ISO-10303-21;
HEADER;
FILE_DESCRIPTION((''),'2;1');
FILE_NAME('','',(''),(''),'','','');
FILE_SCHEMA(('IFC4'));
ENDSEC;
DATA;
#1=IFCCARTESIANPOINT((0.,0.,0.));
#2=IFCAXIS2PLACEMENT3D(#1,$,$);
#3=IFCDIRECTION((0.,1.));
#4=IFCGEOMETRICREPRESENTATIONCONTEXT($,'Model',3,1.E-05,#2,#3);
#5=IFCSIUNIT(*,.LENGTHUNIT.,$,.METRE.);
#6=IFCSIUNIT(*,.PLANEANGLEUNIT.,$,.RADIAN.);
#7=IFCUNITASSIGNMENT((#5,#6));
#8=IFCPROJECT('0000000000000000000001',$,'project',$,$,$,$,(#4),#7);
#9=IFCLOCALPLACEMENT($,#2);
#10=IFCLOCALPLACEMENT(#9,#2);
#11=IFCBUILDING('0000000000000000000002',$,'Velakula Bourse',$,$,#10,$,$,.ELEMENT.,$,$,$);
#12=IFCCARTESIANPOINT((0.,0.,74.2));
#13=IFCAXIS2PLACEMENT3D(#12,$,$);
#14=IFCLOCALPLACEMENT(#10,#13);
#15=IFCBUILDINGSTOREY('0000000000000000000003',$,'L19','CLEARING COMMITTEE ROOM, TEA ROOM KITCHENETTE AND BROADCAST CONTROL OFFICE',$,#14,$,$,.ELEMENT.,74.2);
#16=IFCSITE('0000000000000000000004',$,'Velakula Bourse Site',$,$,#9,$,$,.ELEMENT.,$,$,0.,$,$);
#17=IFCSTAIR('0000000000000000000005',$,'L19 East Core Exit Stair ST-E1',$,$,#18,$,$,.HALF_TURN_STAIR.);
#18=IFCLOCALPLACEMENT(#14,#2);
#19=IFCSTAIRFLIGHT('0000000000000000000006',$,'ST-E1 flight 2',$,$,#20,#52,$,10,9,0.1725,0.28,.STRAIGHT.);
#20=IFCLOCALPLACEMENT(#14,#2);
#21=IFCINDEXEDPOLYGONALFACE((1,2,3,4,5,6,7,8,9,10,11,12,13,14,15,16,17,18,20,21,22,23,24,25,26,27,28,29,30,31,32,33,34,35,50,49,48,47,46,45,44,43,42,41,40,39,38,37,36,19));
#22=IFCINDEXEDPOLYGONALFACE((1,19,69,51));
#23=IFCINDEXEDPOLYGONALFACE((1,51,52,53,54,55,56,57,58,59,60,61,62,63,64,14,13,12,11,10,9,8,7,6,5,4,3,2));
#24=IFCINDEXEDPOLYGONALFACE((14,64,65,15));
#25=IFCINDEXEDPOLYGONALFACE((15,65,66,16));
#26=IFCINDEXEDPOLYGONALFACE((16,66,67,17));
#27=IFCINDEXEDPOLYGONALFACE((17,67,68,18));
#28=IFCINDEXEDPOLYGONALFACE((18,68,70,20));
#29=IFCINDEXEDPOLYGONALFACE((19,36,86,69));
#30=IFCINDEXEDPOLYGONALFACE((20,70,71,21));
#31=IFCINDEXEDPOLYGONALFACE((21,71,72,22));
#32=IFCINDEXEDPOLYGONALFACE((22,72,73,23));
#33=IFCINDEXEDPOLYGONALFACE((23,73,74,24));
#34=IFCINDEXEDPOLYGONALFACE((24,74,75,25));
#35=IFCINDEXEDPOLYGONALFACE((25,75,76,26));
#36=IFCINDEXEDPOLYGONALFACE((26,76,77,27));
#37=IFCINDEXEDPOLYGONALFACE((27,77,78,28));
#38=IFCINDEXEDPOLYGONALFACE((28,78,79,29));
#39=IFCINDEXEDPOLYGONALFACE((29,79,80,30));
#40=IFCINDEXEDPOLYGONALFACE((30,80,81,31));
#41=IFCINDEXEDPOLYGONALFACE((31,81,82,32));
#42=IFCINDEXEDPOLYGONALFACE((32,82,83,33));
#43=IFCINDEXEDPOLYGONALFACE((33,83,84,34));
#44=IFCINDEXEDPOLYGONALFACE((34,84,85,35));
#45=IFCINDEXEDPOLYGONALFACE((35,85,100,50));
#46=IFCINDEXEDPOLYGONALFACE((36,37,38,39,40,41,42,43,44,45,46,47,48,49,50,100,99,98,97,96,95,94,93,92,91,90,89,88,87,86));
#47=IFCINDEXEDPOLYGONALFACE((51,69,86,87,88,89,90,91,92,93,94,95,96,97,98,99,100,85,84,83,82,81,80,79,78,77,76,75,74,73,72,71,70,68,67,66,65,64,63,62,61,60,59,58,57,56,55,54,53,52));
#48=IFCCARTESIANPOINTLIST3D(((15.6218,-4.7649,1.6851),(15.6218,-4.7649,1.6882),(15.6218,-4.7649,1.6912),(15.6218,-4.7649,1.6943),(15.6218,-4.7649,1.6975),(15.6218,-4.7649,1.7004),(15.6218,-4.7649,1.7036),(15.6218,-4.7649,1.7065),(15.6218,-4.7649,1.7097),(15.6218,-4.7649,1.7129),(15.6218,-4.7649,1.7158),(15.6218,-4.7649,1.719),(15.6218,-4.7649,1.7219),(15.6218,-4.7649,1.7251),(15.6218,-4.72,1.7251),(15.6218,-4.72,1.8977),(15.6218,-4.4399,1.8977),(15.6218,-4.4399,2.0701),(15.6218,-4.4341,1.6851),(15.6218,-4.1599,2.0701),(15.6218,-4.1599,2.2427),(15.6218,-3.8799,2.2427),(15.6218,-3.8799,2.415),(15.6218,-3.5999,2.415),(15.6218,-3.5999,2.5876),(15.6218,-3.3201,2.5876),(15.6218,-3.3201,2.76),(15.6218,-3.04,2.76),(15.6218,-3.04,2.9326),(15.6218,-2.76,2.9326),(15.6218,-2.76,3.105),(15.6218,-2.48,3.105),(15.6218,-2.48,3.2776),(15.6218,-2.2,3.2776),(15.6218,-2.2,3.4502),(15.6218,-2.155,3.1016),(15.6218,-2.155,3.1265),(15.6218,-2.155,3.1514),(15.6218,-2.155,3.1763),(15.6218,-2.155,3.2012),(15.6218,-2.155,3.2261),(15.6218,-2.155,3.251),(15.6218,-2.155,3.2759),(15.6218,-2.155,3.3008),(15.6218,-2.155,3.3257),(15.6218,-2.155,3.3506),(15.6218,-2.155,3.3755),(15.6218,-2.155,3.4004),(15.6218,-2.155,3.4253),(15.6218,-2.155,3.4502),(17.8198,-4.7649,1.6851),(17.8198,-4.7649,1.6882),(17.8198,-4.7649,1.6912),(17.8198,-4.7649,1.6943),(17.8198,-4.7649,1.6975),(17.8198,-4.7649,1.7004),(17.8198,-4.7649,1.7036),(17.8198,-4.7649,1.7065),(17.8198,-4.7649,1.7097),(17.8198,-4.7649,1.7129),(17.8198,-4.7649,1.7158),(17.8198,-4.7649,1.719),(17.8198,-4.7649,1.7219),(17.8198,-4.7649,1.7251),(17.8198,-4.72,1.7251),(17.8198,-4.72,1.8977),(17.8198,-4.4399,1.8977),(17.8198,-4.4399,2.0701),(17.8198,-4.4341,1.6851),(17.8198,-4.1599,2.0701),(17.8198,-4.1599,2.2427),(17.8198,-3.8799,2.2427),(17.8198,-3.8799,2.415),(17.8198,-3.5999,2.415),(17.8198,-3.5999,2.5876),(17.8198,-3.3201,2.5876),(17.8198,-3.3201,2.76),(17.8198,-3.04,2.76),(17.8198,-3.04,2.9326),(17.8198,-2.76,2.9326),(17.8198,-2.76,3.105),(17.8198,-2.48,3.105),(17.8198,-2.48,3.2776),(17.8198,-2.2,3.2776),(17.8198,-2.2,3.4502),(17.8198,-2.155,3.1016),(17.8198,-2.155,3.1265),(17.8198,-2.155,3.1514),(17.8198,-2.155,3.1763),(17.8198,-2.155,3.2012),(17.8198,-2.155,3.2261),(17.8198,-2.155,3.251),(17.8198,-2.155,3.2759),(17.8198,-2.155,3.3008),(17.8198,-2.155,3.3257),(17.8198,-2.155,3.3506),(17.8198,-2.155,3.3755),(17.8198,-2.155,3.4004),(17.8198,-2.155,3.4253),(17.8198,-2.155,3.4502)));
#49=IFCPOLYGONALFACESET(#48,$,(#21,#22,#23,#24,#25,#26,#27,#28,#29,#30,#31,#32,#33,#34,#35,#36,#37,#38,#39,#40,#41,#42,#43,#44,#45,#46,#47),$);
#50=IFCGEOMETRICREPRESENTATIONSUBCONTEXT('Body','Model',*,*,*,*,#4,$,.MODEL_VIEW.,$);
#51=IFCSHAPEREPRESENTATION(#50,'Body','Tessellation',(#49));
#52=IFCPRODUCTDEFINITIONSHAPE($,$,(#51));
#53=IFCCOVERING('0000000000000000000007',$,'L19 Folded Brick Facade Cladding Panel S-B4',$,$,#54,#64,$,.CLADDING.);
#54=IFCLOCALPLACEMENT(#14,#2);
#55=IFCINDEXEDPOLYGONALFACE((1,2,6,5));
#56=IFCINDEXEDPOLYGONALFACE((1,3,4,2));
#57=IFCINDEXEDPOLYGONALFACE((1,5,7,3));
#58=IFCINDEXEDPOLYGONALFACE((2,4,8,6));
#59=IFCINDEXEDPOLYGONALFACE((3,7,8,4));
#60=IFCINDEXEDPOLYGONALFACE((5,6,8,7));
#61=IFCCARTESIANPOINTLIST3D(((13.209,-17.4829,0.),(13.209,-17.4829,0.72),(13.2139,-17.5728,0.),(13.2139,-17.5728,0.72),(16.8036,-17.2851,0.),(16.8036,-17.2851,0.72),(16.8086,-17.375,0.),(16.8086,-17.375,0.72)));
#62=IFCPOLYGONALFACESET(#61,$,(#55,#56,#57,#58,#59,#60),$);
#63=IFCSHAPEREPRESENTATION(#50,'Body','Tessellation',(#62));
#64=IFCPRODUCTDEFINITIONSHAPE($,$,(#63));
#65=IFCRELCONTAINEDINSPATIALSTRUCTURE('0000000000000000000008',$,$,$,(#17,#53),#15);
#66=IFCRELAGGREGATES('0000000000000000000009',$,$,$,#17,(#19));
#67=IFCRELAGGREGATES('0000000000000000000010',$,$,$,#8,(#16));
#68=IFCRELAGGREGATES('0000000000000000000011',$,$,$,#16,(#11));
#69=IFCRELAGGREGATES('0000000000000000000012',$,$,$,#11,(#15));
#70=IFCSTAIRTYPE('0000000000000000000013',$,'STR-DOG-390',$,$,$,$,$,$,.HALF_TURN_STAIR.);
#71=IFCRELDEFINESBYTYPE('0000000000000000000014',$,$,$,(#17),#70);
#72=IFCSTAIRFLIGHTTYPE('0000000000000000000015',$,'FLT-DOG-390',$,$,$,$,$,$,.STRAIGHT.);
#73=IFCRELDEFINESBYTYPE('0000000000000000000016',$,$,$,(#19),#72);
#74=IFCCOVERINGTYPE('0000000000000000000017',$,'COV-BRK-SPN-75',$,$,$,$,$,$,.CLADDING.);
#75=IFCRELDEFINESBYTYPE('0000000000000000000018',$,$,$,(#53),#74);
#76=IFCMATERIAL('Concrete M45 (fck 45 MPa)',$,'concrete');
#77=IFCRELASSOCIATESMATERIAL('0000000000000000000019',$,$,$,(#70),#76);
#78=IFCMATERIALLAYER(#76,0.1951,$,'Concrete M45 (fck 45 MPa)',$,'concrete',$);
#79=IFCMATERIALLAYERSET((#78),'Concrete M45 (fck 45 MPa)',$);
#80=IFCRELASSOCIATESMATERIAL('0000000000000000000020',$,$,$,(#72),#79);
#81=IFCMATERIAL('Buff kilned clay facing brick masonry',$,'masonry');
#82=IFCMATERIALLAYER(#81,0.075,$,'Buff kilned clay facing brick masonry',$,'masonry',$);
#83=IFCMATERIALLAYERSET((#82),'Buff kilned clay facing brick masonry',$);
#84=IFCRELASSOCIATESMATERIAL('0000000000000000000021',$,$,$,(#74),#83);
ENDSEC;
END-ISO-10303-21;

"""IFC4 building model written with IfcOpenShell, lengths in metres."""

from ifc_helpers import new_model, si_unit, direction, frame, origin, origin_2d, place, context, subcontext, project, spatial, polyline, rectangle, outline, extrude, material, layer, layer_set, type_object, element, aggregate, save


model = new_model("IFC4")

# Units and contexts
model_context = context("Model", 3, precision=1e-05, world=origin(), true_north=direction((0.0, 1.0)))
body_context = subcontext(model_context, "Body", "Model", "MODEL_VIEW")
ifc_project = project(units=[si_unit("LENGTHUNIT", "METRE"), si_unit("PLANEANGLEUNIT", "RADIAN")], contexts=[model_context])

# Site, building, storey
site_placement = place(None, origin())
site = spatial("IfcSite", under=ifc_project, at=site_placement, Name="Velakula Bourse Site", CompositionType="ELEMENT", RefElevation=0.0)
building_placement = place(site_placement, origin())
building = spatial("IfcBuilding", under=site, at=building_placement, Name="Velakula Bourse", CompositionType="ELEMENT")
storey_placement = place(building_placement, frame((0.0, 0.0, 74.2)))
storey = spatial("IfcBuildingStorey", under=building, at=storey_placement, Name="L19", Description="CLEARING COMMITTEE ROOM, TEA ROOM KITCHENETTE AND BROADCAST CONTROL OFFICE", CompositionType="ELEMENT", Elevation=74.2)

# Stair, stair flight
ifc_material_1 = material(Name="Concrete M45 (fck 45 MPa)", Category="concrete")
stair_type = type_object("IfcStairType", Name="STR-DOG-390", PredefinedType="HALF_TURN_STAIR", material=ifc_material_1)
stair_placement = place(storey_placement, origin())
stair = element("IfcStair", 1, at=stair_placement, inside=storey, type_object=stair_type, Name="L19 East Core Exit Stair ST-E1", PredefinedType="HALF_TURN_STAIR")
ifc_layer_1 = layer(ifc_material_1, 0.1951, Name="Concrete M45 (fck 45 MPa)", Category="concrete")
ifc_layer_set_1 = layer_set([ifc_layer_1], Name="Concrete M45 (fck 45 MPa)")
stair_flight_type = type_object("IfcStairFlightType", Name="FLT-DOG-390", PredefinedType="STRAIGHT", material=ifc_layer_set_1)
stair_flight_1_placement = place(storey_placement, frame((16.7209, -4.72, 1.7251), z_axis=(0.0, 0.0, 1.0), x_axis=(0.0, 1.0, 0.0)))
stair_flight_1 = element("IfcStairFlight", 2, at=stair_flight_1_placement, type_object=stair_flight_type, Name="ST-E1 flight 2", NumberOfRisers=10, NumberOfTreads=9, PredefinedType="STRAIGHT", RiserHeight=0.1725, TreadLength=0.28, context=body_context, shape_type="SweptSolid", body=[
    extrude(outline(polyline([(-0.0449, -0.04), (-0.0449, -0.0369), (-0.0449, -0.0339), (-0.0449, -0.0308), (-0.0449, -0.0276), (-0.0449, -0.0247), (-0.0449, -0.0215), (-0.0449, -0.0186), (-0.0449, -0.0154), (-0.0449, -0.0122), (-0.0449, -0.0093), (-0.0449, -0.0061), (-0.0449, -0.0032), (-0.0449, 0.0), (0.0, 0.0), (0.0, 0.1726), (0.28, 0.1726), (0.28, 0.345), (0.5601, 0.345), (0.5601, 0.5176), (0.8401, 0.5176), (0.8401, 0.6899), (1.1201, 0.6899), (1.1201, 0.8625), (1.3999, 0.8625), (1.3999, 1.0349), (1.6799, 1.0349), (1.6799, 1.2075), (1.96, 1.2075), (1.96, 1.3799), (2.24, 1.3799), (2.24, 1.5525), (2.52, 1.5525), (2.52, 1.7251), (2.5649, 1.7251), (2.5649, 1.7002), (2.5649, 1.6753), (2.5649, 1.6504), (2.5649, 1.6255), (2.5649, 1.6006), (2.5649, 1.5757), (2.5649, 1.5508), (2.5649, 1.5259), (2.5649, 1.501), (2.5649, 1.4761), (2.5649, 1.4512), (2.5649, 1.4263), (2.5649, 1.4014), (2.5649, 1.3765), (0.2859, -0.04), (-0.0449, -0.04)])), frame((0.0, 1.0991, 0.0), z_axis=(0.0, -1.0, 0.0), x_axis=(1.0, 0.0, 0.0)), (0.0, 0.0, 1.0), 2.198),
])
aggregate(stair, [stair_flight_1])

# Covering
ifc_material_2 = material(Name="Buff kilned clay facing brick masonry", Category="masonry")
ifc_layer_2 = layer(ifc_material_2, 0.075, Name="Buff kilned clay facing brick masonry", Category="masonry")
ifc_layer_set_2 = layer_set([ifc_layer_2], Name="Buff kilned clay facing brick masonry")
covering_type = type_object("IfcCoveringType", Name="COV-BRK-SPN-75", PredefinedType="CLADDING", material=ifc_layer_set_2)
covering_placement = place(storey_placement, frame((15.0088, -17.429, 0.0), z_axis=(0.0, 0.0, 1.0), x_axis=(0.998489, 0.05495, 0.0)))
element("IfcCovering", 3, at=covering_placement, inside=storey, type_object=covering_type, Name="L19 Folded Brick Facade Cladding Panel S-B4", PredefinedType="CLADDING", context=body_context, shape_type="SweptSolid", body=[
    extrude(rectangle(XDim=3.6001, YDim=0.0901, at=origin_2d()), origin(), (0.0, 0.0, 1.0), 0.72),
])

save(model, "model.ifc")
